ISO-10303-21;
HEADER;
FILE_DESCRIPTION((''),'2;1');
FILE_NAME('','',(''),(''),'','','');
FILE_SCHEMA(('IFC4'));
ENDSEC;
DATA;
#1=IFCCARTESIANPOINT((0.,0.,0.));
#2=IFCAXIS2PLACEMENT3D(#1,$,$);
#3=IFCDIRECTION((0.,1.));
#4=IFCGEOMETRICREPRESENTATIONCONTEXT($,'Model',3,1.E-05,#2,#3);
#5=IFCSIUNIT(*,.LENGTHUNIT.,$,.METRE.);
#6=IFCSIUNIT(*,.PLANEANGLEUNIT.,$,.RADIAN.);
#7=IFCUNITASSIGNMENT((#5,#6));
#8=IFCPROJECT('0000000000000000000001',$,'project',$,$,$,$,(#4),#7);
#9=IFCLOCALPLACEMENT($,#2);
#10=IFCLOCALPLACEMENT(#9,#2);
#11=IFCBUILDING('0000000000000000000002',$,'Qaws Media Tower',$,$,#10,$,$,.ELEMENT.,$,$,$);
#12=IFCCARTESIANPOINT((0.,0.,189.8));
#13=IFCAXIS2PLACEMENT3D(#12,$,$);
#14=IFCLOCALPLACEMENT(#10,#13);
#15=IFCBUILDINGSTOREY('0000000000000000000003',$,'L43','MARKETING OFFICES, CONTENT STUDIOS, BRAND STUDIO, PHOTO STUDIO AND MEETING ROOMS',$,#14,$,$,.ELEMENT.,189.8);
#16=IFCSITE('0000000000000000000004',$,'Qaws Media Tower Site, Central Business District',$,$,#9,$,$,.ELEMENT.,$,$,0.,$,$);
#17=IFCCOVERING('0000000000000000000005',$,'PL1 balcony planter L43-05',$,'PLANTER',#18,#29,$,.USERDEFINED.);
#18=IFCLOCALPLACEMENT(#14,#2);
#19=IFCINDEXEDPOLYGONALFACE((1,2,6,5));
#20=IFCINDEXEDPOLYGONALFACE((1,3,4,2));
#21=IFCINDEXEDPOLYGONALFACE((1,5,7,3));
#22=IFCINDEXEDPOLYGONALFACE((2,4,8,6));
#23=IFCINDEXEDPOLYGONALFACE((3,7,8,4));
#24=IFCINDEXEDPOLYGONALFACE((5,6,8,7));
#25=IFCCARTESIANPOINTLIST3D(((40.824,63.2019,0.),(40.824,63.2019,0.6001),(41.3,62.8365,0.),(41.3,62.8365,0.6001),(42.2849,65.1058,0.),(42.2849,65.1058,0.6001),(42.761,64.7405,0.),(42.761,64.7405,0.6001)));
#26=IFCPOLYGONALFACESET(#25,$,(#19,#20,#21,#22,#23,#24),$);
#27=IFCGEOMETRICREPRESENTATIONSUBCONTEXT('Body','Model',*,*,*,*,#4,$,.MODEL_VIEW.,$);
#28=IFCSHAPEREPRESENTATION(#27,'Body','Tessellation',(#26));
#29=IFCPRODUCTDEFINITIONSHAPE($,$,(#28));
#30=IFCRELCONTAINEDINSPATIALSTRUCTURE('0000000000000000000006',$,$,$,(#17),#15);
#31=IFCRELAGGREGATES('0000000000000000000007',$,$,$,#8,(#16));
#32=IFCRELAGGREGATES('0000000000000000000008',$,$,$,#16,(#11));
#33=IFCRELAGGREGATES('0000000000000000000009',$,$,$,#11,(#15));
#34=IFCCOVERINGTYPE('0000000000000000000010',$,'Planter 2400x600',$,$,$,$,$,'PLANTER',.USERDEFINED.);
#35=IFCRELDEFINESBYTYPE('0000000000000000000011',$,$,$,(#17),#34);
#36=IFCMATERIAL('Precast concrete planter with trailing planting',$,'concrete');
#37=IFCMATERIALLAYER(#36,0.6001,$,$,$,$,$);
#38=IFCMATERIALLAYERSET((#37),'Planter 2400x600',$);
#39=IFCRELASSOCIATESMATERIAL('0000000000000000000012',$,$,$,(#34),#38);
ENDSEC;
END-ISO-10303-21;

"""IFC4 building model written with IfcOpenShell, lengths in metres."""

from ifc_helpers import new_model, si_unit, direction, frame, origin, origin_2d, place, context, subcontext, project, spatial, rectangle, extrude, material, layer, layer_set, type_object, element, save


model = new_model("IFC4")

# Units and contexts
model_context = context("Model", 3, precision=1e-05, world=origin(), true_north=direction((0.0, 1.0)))
body_context = subcontext(model_context, "Body", "Model", "MODEL_VIEW")
ifc_project = project(units=[si_unit("LENGTHUNIT", "METRE"), si_unit("PLANEANGLEUNIT", "RADIAN")], contexts=[model_context])

# Site, building, storey
site_placement = place(None, origin())
site = spatial("IfcSite", under=ifc_project, at=site_placement, Name="Qaws Media Tower Site, Central Business District", CompositionType="ELEMENT", RefElevation=0.0)
building_placement = place(site_placement, origin())
building = spatial("IfcBuilding", under=site, at=building_placement, Name="Qaws Media Tower", CompositionType="ELEMENT")
storey_placement = place(building_placement, frame((0.0, 0.0, 189.8)))
storey = spatial("IfcBuildingStorey", under=building, at=storey_placement, Name="L43", Description="MARKETING OFFICES, CONTENT STUDIOS, BRAND STUDIO, PHOTO STUDIO AND MEETING ROOMS", CompositionType="ELEMENT", Elevation=189.8)

# Covering
ifc_material_1 = material(Name="Precast concrete planter with trailing planting", Category="concrete")
ifc_layer_1 = layer(ifc_material_1, 0.6001)
ifc_layer_set_1 = layer_set([ifc_layer_1], Name="Planter 2400x600")
covering_type = type_object("IfcCoveringType", Name="Planter 2400x600", ElementType="PLANTER", PredefinedType="USERDEFINED", material=ifc_layer_set_1)
covering_placement = place(storey_placement, frame((41.7925, 63.9712, 0.0), z_axis=(0.0, 0.0, 1.0), x_axis=(-0.608761, -0.793353, 0.0)))
element("IfcCovering", 1, at=covering_placement, inside=storey, type_object=covering_type, Name="PL1 balcony planter L43-05", ObjectType="PLANTER", PredefinedType="USERDEFINED", context=body_context, shape_type="SweptSolid", body=[
    extrude(rectangle(XDim=2.3999, YDim=0.6001, at=origin_2d()), origin(), (0.0, 0.0, 1.0), 0.6001),
])

save(model, "model.ifc")
